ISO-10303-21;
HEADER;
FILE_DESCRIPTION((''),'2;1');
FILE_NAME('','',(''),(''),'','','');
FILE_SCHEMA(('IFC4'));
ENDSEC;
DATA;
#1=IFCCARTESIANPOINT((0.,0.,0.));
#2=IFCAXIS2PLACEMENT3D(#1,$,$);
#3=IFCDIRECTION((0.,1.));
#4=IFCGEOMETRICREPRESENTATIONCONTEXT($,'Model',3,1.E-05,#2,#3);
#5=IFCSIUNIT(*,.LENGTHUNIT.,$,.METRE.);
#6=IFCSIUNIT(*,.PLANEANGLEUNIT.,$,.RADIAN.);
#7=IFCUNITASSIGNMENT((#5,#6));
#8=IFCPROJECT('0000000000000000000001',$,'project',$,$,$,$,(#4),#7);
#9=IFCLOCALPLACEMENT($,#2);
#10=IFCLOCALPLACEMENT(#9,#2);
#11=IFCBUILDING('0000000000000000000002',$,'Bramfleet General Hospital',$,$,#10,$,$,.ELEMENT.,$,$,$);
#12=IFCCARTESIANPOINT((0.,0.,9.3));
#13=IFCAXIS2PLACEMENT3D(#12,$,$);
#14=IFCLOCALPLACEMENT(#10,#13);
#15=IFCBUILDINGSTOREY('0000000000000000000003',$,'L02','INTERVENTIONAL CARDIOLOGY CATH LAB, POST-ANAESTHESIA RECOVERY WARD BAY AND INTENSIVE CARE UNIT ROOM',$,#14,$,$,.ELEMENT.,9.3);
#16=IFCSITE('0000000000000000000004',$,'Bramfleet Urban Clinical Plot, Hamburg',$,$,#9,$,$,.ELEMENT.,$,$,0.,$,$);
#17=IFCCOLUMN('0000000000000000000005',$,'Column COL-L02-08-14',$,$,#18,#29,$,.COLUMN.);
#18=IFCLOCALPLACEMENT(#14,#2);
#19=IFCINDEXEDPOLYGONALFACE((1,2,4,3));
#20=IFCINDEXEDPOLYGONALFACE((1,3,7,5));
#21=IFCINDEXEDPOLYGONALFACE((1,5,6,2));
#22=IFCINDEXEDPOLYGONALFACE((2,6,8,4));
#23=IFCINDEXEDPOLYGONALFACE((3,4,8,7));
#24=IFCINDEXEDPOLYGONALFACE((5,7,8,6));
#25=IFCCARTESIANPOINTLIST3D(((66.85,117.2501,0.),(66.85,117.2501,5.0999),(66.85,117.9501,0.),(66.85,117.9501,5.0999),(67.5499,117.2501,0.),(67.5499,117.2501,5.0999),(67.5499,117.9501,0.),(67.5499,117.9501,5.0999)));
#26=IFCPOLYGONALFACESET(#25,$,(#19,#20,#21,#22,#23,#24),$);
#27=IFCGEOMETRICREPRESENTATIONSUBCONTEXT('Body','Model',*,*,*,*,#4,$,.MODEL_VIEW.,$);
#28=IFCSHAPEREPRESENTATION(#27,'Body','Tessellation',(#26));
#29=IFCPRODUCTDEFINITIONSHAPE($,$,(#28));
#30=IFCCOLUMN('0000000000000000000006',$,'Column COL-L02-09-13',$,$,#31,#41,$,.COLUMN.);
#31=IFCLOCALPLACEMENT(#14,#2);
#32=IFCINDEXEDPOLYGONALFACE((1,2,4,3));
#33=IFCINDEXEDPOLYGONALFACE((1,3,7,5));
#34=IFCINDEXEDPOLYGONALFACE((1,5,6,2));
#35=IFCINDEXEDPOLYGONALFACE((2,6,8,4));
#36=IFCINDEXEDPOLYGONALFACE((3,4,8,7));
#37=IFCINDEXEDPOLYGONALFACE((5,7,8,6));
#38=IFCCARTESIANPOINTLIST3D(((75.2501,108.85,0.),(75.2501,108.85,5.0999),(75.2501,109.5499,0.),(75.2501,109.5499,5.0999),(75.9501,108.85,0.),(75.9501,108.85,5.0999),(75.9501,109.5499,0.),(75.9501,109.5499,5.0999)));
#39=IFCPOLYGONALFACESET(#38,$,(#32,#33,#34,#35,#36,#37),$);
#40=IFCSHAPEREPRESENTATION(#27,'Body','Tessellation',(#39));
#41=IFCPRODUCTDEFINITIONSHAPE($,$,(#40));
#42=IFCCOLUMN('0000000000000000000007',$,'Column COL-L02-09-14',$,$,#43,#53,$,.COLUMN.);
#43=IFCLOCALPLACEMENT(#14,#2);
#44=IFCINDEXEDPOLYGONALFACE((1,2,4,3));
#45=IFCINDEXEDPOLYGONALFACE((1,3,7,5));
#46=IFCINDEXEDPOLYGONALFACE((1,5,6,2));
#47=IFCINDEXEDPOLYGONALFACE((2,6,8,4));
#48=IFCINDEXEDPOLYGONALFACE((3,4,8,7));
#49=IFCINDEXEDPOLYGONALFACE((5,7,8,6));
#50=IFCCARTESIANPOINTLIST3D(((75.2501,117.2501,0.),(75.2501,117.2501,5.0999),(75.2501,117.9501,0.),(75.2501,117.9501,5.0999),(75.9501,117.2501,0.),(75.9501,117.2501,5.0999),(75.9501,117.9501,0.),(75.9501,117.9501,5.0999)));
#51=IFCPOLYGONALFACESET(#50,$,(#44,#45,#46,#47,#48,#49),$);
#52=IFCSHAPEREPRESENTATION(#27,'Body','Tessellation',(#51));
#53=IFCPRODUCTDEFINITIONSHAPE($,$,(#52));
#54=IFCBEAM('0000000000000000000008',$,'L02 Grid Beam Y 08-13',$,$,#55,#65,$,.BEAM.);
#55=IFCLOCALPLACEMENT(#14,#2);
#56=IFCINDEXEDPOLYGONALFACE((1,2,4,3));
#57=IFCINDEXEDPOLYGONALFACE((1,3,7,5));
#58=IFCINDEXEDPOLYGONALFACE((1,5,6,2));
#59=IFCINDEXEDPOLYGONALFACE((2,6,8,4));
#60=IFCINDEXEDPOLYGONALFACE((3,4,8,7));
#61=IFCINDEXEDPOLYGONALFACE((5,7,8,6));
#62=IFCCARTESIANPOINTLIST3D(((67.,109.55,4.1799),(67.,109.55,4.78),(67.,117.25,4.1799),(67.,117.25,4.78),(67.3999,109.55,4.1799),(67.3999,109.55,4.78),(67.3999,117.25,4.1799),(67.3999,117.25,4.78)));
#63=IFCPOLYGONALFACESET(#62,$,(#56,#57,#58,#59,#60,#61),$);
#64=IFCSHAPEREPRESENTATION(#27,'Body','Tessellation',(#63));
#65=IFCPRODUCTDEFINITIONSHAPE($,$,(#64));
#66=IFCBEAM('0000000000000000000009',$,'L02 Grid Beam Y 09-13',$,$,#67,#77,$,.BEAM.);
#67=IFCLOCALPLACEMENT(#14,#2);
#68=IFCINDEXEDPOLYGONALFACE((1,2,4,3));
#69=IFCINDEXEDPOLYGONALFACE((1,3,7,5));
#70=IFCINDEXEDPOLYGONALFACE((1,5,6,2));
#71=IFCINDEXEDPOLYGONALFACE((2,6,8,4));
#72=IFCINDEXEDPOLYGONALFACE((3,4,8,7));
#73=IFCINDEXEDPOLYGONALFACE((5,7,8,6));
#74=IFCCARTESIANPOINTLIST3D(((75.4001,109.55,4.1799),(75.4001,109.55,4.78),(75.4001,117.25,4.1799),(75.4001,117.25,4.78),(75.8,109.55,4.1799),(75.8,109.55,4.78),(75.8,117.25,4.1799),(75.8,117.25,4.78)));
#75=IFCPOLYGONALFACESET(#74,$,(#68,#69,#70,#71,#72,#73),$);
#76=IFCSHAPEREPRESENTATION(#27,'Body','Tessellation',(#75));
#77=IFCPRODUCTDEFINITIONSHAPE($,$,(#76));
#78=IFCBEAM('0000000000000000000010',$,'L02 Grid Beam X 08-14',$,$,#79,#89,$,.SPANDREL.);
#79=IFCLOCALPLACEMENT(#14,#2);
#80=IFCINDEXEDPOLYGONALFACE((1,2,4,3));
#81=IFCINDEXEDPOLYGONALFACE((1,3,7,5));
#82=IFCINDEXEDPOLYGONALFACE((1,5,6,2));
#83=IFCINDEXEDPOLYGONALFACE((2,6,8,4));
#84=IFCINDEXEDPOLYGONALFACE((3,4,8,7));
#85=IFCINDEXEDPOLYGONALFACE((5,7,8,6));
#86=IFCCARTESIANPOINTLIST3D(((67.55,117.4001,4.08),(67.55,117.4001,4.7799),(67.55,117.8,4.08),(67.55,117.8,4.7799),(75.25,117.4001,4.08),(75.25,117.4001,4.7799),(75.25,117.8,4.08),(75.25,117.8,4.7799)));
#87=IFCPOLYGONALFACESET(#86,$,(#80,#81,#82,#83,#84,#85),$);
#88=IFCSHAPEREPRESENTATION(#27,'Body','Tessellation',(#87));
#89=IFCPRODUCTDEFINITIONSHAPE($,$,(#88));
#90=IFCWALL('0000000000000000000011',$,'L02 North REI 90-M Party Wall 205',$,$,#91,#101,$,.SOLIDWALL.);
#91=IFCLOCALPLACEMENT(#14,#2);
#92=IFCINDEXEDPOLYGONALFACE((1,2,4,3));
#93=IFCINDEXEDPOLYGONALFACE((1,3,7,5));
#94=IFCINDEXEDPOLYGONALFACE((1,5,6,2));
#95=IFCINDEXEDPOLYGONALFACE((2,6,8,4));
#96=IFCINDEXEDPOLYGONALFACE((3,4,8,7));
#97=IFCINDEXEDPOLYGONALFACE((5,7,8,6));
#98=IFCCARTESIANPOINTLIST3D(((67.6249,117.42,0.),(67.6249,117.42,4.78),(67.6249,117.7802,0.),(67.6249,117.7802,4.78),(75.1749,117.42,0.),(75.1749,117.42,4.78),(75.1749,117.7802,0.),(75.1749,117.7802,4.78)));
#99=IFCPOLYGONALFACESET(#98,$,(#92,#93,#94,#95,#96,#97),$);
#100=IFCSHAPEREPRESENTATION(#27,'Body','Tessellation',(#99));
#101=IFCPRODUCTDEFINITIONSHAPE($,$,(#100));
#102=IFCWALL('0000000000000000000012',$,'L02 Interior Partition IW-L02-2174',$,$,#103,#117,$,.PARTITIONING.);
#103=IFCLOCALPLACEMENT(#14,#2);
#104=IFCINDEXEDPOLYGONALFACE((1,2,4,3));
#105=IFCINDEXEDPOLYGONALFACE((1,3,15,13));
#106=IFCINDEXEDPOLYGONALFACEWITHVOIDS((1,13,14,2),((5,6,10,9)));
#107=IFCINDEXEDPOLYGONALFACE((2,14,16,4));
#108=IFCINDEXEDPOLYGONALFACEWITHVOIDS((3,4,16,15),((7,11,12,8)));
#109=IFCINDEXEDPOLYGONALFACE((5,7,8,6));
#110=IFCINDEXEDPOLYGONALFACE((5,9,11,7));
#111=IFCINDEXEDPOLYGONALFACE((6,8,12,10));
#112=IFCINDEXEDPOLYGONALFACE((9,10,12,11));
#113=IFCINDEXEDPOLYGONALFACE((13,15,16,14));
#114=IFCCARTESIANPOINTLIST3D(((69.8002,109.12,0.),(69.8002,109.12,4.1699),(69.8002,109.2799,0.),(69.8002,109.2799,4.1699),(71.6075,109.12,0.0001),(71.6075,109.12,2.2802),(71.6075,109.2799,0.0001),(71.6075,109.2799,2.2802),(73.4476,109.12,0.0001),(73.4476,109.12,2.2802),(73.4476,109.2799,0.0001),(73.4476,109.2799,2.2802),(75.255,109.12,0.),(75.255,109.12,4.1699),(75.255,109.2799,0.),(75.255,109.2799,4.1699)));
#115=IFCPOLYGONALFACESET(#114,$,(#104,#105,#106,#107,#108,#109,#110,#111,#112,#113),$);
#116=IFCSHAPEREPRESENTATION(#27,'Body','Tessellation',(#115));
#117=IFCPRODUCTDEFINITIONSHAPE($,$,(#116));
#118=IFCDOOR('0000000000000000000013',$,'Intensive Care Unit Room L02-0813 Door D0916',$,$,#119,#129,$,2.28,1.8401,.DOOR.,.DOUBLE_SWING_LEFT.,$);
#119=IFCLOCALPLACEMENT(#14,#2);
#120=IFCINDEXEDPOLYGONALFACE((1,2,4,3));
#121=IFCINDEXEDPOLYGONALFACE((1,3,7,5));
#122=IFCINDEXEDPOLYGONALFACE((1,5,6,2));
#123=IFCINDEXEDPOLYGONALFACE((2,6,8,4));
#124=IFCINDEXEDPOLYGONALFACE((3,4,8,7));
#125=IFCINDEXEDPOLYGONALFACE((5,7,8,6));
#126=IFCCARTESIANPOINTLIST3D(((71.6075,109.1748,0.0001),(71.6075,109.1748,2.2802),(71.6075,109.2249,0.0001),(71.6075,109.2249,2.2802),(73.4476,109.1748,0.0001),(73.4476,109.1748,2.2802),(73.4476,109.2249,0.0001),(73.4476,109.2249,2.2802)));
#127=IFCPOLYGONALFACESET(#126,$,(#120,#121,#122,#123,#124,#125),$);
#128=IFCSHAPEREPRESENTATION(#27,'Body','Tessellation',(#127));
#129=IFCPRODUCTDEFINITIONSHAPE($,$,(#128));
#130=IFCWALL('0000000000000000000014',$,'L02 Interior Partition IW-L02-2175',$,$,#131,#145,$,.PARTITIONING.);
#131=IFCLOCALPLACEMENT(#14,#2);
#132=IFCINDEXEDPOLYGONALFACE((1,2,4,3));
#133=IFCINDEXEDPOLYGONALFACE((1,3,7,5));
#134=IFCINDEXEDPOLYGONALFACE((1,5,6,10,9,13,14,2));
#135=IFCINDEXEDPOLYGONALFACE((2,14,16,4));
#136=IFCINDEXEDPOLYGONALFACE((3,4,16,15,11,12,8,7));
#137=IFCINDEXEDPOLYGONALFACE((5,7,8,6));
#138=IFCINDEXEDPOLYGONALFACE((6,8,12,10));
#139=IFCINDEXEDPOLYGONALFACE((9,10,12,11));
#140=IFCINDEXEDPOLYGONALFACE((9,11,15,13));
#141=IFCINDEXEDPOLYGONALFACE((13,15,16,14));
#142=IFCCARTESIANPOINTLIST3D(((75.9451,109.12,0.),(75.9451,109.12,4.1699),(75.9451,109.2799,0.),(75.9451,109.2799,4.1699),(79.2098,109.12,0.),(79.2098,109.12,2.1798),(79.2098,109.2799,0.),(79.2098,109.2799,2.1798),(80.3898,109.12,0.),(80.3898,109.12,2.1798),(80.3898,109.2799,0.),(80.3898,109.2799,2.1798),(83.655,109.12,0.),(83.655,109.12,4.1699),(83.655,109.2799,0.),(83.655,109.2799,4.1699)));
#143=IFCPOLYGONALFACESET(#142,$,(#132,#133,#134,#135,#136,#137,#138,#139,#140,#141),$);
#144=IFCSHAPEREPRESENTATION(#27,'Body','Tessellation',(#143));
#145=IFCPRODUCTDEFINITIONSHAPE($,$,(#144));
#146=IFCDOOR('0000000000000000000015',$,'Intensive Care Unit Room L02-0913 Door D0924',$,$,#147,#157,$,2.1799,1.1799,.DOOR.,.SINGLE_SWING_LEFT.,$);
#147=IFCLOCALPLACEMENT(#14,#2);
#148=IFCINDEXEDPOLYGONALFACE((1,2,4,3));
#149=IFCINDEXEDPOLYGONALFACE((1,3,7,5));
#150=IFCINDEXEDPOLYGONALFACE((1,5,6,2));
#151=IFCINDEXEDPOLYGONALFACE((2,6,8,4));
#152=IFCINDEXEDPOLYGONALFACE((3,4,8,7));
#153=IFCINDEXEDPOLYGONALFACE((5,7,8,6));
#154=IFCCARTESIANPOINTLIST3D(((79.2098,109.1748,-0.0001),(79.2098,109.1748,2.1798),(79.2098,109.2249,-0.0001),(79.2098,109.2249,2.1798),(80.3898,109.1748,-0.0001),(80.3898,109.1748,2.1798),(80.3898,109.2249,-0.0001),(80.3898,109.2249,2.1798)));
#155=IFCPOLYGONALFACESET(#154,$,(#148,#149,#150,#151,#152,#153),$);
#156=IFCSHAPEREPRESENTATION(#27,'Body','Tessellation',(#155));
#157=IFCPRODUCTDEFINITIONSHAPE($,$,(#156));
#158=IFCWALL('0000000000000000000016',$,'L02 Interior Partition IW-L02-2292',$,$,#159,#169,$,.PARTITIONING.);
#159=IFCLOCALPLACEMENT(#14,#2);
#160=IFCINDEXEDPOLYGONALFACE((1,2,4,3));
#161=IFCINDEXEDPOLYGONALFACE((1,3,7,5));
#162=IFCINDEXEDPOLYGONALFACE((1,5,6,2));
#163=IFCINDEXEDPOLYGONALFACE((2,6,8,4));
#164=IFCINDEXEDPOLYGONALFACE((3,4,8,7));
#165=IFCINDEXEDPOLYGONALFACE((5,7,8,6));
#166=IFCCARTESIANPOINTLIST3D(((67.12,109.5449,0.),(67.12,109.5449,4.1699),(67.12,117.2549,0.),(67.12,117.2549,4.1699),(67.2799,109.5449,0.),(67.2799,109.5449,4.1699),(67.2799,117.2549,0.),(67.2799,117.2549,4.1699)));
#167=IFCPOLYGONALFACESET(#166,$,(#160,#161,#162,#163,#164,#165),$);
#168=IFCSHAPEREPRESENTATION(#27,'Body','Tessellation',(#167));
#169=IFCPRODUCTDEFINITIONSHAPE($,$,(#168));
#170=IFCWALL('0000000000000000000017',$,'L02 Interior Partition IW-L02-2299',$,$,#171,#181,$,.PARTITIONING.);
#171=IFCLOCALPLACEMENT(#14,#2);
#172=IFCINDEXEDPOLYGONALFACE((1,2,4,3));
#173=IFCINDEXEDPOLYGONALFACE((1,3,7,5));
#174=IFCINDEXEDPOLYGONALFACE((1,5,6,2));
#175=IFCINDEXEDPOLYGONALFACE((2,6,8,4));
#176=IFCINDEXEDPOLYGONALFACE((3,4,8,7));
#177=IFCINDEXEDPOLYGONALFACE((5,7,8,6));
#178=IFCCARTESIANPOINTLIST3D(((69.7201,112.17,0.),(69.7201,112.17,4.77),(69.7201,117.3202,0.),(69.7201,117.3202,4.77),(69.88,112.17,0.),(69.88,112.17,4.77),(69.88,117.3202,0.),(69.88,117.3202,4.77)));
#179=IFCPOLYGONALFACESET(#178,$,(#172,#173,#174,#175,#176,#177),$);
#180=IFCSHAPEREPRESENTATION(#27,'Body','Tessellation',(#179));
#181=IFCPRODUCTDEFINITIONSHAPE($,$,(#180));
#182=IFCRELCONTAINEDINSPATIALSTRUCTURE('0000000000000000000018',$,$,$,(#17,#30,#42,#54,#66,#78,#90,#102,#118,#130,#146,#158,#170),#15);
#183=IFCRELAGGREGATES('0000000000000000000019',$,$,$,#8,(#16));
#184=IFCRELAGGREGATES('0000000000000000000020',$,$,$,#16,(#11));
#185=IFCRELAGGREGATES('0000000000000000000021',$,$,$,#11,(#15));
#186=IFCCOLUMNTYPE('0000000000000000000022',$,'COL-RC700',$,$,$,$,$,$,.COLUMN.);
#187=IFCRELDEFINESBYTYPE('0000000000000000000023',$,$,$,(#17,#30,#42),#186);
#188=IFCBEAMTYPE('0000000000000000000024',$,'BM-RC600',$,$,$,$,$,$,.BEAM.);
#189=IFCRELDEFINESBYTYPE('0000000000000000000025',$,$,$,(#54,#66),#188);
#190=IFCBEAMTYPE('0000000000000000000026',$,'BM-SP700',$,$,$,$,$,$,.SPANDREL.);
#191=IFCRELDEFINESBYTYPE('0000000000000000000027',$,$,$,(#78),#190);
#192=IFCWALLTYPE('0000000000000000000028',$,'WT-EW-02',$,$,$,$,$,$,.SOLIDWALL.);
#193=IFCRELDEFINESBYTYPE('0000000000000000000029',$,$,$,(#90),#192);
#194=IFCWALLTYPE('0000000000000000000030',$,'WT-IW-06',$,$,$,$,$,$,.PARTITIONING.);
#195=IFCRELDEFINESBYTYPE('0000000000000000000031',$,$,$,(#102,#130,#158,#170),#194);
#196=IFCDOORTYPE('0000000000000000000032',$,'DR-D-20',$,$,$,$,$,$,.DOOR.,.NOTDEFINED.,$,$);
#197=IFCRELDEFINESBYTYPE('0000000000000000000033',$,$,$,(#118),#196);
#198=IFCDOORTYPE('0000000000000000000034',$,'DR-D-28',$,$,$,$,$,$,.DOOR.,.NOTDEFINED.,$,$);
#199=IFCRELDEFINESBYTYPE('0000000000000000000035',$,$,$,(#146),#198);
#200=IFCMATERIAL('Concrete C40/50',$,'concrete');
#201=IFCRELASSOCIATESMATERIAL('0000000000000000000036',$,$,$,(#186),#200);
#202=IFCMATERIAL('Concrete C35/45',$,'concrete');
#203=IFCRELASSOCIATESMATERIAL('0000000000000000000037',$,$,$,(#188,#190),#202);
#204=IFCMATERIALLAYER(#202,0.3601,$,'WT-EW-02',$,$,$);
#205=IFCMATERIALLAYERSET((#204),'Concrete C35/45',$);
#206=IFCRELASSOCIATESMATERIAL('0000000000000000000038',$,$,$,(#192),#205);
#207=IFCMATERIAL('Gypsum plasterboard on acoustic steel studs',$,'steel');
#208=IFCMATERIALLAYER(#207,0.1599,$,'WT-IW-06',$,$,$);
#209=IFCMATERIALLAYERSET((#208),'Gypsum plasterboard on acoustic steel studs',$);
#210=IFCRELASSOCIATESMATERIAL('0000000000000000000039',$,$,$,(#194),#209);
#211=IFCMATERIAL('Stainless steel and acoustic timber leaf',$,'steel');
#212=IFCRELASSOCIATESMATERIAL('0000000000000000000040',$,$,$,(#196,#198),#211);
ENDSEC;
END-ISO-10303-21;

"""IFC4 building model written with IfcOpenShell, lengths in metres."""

from ifc_helpers import new_model, si_unit, direction, frame, frame_2d, origin, origin_2d, place, context, subcontext, project, spatial, rectangle, extrude, material, layer, layer_set, material_profile, profile_set, type_object, element, fill, save


model = new_model("IFC4")

# Units and contexts
model_context = context("Model", 3, precision=1e-05, world=origin(), true_north=direction((0.0, 1.0)))
body_context = subcontext(model_context, "Body", "Model", "MODEL_VIEW")
ifc_project = project(units=[si_unit("LENGTHUNIT", "METRE"), si_unit("PLANEANGLEUNIT", "RADIAN")], contexts=[model_context])

# Site, building, storey
site_placement = place(None, origin())
site = spatial("IfcSite", under=ifc_project, at=site_placement, Name="Bramfleet Urban Clinical Plot, Hamburg", CompositionType="ELEMENT", RefElevation=0.0)
building_placement = place(site_placement, origin())
building = spatial("IfcBuilding", under=site, at=building_placement, Name="Bramfleet General Hospital", CompositionType="ELEMENT")
storey_placement = place(building_placement, frame((0.0, 0.0, 9.3)))
storey = spatial("IfcBuildingStorey", under=building, at=storey_placement, Name="L02", Description="INTERVENTIONAL CARDIOLOGY CATH LAB, POST-ANAESTHESIA RECOVERY WARD BAY AND INTENSIVE CARE UNIT ROOM", CompositionType="ELEMENT", Elevation=9.3)

# Columns
ifc_material_1 = material(Name="Concrete C40/50", Category="concrete")
ifc_material_profile_1 = material_profile(ifc_material_1, rectangle(XDim=0.7, YDim=0.7, at=origin_2d()), Name="RC COL 700x700")
ifc_profile_set_1 = profile_set([ifc_material_profile_1], Name="Concrete C40/50")
column_type = type_object("IfcColumnType", Name="COL-RC700", PredefinedType="COLUMN", material=ifc_profile_set_1)
for number, where, z_axis, x_axis, name in (
    (1, (67.2, 117.6001, 0.0), (0.0, 0.0, 1.0), (1.0, 0.0, 0.0), "Column COL-L02-08-14"),
    (2, (75.6001, 109.2, 0.0), (0.0, 0.0, 1.0), (1.0, 0.0, 0.0), "Column COL-L02-09-13"),
    (3, (75.6001, 117.6001, 0.0), (0.0, 0.0, 1.0), (1.0, 0.0, 0.0), "Column COL-L02-09-14"),
):
    element("IfcColumn", number, at=place(storey_placement, frame(where, z_axis=z_axis, x_axis=x_axis)), inside=storey, type_object=column_type, Name=name, PredefinedType="COLUMN", context=body_context, shape_type="SweptSolid", body=[
        extrude(rectangle(XDim=0.7, YDim=0.7, at=origin_2d()), origin(), (0.0, 0.0, 1.0), 5.0999),
    ])

# Beams
ifc_material_2 = material(Name="Concrete C35/45", Category="concrete")
ifc_material_profile_2 = material_profile(ifc_material_2, rectangle(XDim=0.3999, YDim=0.6001, at=origin_2d()), Name="RC BM 600x400")
ifc_profile_set_2 = profile_set([ifc_material_profile_2], Name="Concrete C35/45")
beam_type_1 = type_object("IfcBeamType", Name="BM-RC600", PredefinedType="BEAM", material=ifc_profile_set_2)
for number, where, z_axis, x_axis, name in (
    (4, (67.2, 109.55, 4.48), (0.0, 1.0, 0.0), (-1.0, 0.0, 0.0), "L02 Grid Beam Y 08-13"),
    (5, (75.6001, 109.55, 4.48), (0.0, 1.0, 0.0), (-1.0, 0.0, 0.0), "L02 Grid Beam Y 09-13"),
):
    element("IfcBeam", number, at=place(storey_placement, frame(where, z_axis=z_axis, x_axis=x_axis)), inside=storey, type_object=beam_type_1, Name=name, PredefinedType="BEAM", context=body_context, shape_type="SweptSolid", body=[
        extrude(rectangle(XDim=0.3999, YDim=0.6001, at=origin_2d()), origin(), (0.0, 0.0, 1.0), 7.7),
    ])
ifc_material_profile_3 = material_profile(ifc_material_2, rectangle(XDim=0.3999, YDim=0.7, at=origin_2d()), Name="RC SP 700x400")
ifc_profile_set_3 = profile_set([ifc_material_profile_3], Name="Concrete C35/45")
beam_type_2 = type_object("IfcBeamType", Name="BM-SP700", PredefinedType="SPANDREL", material=ifc_profile_set_3)
beam_placement = place(storey_placement, frame((67.55, 117.6001, 4.4299), z_axis=(1.0, 0.0, 0.0), x_axis=(0.0, 1.0, 0.0)))
element("IfcBeam", 6, at=beam_placement, inside=storey, type_object=beam_type_2, Name="L02 Grid Beam X 08-14", PredefinedType="SPANDREL", context=body_context, shape_type="SweptSolid", body=[
    extrude(rectangle(XDim=0.3999, YDim=0.7, at=origin_2d()), origin(), (0.0, 0.0, 1.0), 7.7),
])

# Wall
ifc_layer_1 = layer(ifc_material_2, 0.3601, Name="WT-EW-02")
ifc_layer_set_1 = layer_set([ifc_layer_1], Name="Concrete C35/45")
wall_type_1 = type_object("IfcWallType", Name="WT-EW-02", PredefinedType="SOLIDWALL", material=ifc_layer_set_1)
wall_1_placement = place(storey_placement, frame((67.625, 117.6001, 0.0), z_axis=(0.0, 0.0, 1.0), x_axis=(1.0, 0.0, 0.0)))
element("IfcWall", 7, at=wall_1_placement, inside=storey, type_object=wall_type_1, Name="L02 North REI 90-M Party Wall 205", PredefinedType="SOLIDWALL", context=body_context, shape_type="SweptSolid", body=[
    extrude(rectangle(XDim=7.55, YDim=0.3601, at=frame_2d((3.7749, 0.0))), origin(), (0.0, 0.0, 1.0), 4.78),
])

# Walls, openings, doors
ifc_material_3 = material(Name="Gypsum plasterboard on acoustic steel studs", Category="steel")
ifc_layer_2 = layer(ifc_material_3, 0.1599, Name="WT-IW-06")
ifc_layer_set_2 = layer_set([ifc_layer_2], Name="Gypsum plasterboard on acoustic steel studs")
wall_type_2 = type_object("IfcWallType", Name="WT-IW-06", PredefinedType="PARTITIONING", material=ifc_layer_set_2)
wall_2_placement = place(storey_placement, frame((69.8, 109.2, 0.0), z_axis=(0.0, 0.0, 1.0), x_axis=(1.0, 0.0, 0.0)))
wall_2 = element("IfcWall", 8, at=wall_2_placement, inside=storey, type_object=wall_type_2, Name="L02 Interior Partition IW-L02-2174", PredefinedType="PARTITIONING", context=body_context, shape_type="SweptSolid", body=[
    extrude(rectangle(XDim=5.4548, YDim=0.1599, at=frame_2d((2.7275, 0.0))), origin(), (0.0, 0.0, 1.0), 4.1699),
])
opening_1_placement = place(wall_2_placement, frame((1.8076, 0.0, 0.0)))
opening_1 = element("IfcOpeningElement", 9, at=opening_1_placement, cuts=wall_2, PredefinedType="OPENING", context=body_context, shape_type="SweptSolid", body=[
    extrude(rectangle(XDim=1.8401, YDim=2.28, at=frame_2d((0.9199, 1.1401))), frame((0.0, 0.0898, 0.0), z_axis=(0.0, -1.0, 0.0), x_axis=(1.0, 0.0, 0.0)), (0.0, 0.0, 1.0), 0.1799),
])
ifc_material_4 = material(Name="Stainless steel and acoustic timber leaf", Category="steel")
door_type_1 = type_object("IfcDoorType", Name="DR-D-20", OperationType="NOTDEFINED", PredefinedType="DOOR", material=ifc_material_4)
door_1_placement = place(opening_1_placement, origin())
door_1 = element("IfcDoor", 10, at=door_1_placement, inside=storey, type_object=door_type_1, Name="Intensive Care Unit Room L02-0813 Door D0916", OperationType="DOUBLE_SWING_LEFT", OverallHeight=2.28, OverallWidth=1.8401, PredefinedType="DOOR", context=body_context, shape_type="SweptSolid", body=[
    extrude(rectangle(XDim=1.8401, YDim=2.28, at=frame_2d((0.9199, 1.1401))), frame((0.0, 0.0249, 0.0), z_axis=(0.0, -1.0, 0.0), x_axis=(1.0, 0.0, 0.0)), (0.0, 0.0, 1.0), 0.05),
])
fill(opening_1, door_1)
wall_3_placement = place(storey_placement, frame((75.9451, 109.2, 0.0), z_axis=(0.0, 0.0, 1.0), x_axis=(1.0, 0.0, 0.0)))
wall_3 = element("IfcWall", 11, at=wall_3_placement, inside=storey, type_object=wall_type_2, Name="L02 Interior Partition IW-L02-2175", PredefinedType="PARTITIONING", context=body_context, shape_type="SweptSolid", body=[
    extrude(rectangle(XDim=7.71, YDim=0.1599, at=frame_2d((3.855, 0.0))), origin(), (0.0, 0.0, 1.0), 4.1699),
])
opening_2_placement = place(wall_3_placement, frame((3.2649, 0.0, 0.0)))
opening_2 = element("IfcOpeningElement", 12, at=opening_2_placement, cuts=wall_3, PredefinedType="OPENING", context=body_context, shape_type="SweptSolid", body=[
    extrude(rectangle(XDim=1.1799, YDim=2.1799, at=frame_2d((0.5898, 1.0898))), frame((0.0, 0.0898, 0.0), z_axis=(0.0, -1.0, 0.0), x_axis=(1.0, 0.0, 0.0)), (0.0, 0.0, 1.0), 0.1799),
])
door_type_2 = type_object("IfcDoorType", Name="DR-D-28", OperationType="NOTDEFINED", PredefinedType="DOOR", material=ifc_material_4)
door_2_placement = place(opening_2_placement, origin())
door_2 = element("IfcDoor", 13, at=door_2_placement, inside=storey, type_object=door_type_2, Name="Intensive Care Unit Room L02-0913 Door D0924", OperationType="SINGLE_SWING_LEFT", OverallHeight=2.1799, OverallWidth=1.1799, PredefinedType="DOOR", context=body_context, shape_type="SweptSolid", body=[
    extrude(rectangle(XDim=1.1799, YDim=2.1799, at=frame_2d((0.5898, 1.0898))), frame((0.0, 0.0249, 0.0), z_axis=(0.0, -1.0, 0.0), x_axis=(1.0, 0.0, 0.0)), (0.0, 0.0, 1.0), 0.05),
])
fill(opening_2, door_2)

# Walls
wall_4_placement = place(storey_placement, frame((67.2, 109.5449, 0.0), z_axis=(0.0, 0.0, 1.0), x_axis=(0.0, 1.0, 0.0)))
element("IfcWall", 14, at=wall_4_placement, inside=storey, type_object=wall_type_2, Name="L02 Interior Partition IW-L02-2292", PredefinedType="PARTITIONING", context=body_context, shape_type="SweptSolid", body=[
    extrude(rectangle(XDim=7.71, YDim=0.1599, at=frame_2d((3.855, 0.0))), origin(), (0.0, 0.0, 1.0), 4.1699),
])
wall_5_placement = place(storey_placement, frame((69.8, 112.1699, 0.0), z_axis=(0.0, 0.0, 1.0), x_axis=(0.0, 1.0, 0.0)))
element("IfcWall", 15, at=wall_5_placement, inside=storey, type_object=wall_type_2, Name="L02 Interior Partition IW-L02-2299", PredefinedType="PARTITIONING", context=body_context, shape_type="SweptSolid", body=[
    extrude(rectangle(XDim=5.1501, YDim=0.1599, at=frame_2d((2.5752, 0.0))), origin(), (0.0, 0.0, 1.0), 4.77),
])

save(model, "model.ifc")
